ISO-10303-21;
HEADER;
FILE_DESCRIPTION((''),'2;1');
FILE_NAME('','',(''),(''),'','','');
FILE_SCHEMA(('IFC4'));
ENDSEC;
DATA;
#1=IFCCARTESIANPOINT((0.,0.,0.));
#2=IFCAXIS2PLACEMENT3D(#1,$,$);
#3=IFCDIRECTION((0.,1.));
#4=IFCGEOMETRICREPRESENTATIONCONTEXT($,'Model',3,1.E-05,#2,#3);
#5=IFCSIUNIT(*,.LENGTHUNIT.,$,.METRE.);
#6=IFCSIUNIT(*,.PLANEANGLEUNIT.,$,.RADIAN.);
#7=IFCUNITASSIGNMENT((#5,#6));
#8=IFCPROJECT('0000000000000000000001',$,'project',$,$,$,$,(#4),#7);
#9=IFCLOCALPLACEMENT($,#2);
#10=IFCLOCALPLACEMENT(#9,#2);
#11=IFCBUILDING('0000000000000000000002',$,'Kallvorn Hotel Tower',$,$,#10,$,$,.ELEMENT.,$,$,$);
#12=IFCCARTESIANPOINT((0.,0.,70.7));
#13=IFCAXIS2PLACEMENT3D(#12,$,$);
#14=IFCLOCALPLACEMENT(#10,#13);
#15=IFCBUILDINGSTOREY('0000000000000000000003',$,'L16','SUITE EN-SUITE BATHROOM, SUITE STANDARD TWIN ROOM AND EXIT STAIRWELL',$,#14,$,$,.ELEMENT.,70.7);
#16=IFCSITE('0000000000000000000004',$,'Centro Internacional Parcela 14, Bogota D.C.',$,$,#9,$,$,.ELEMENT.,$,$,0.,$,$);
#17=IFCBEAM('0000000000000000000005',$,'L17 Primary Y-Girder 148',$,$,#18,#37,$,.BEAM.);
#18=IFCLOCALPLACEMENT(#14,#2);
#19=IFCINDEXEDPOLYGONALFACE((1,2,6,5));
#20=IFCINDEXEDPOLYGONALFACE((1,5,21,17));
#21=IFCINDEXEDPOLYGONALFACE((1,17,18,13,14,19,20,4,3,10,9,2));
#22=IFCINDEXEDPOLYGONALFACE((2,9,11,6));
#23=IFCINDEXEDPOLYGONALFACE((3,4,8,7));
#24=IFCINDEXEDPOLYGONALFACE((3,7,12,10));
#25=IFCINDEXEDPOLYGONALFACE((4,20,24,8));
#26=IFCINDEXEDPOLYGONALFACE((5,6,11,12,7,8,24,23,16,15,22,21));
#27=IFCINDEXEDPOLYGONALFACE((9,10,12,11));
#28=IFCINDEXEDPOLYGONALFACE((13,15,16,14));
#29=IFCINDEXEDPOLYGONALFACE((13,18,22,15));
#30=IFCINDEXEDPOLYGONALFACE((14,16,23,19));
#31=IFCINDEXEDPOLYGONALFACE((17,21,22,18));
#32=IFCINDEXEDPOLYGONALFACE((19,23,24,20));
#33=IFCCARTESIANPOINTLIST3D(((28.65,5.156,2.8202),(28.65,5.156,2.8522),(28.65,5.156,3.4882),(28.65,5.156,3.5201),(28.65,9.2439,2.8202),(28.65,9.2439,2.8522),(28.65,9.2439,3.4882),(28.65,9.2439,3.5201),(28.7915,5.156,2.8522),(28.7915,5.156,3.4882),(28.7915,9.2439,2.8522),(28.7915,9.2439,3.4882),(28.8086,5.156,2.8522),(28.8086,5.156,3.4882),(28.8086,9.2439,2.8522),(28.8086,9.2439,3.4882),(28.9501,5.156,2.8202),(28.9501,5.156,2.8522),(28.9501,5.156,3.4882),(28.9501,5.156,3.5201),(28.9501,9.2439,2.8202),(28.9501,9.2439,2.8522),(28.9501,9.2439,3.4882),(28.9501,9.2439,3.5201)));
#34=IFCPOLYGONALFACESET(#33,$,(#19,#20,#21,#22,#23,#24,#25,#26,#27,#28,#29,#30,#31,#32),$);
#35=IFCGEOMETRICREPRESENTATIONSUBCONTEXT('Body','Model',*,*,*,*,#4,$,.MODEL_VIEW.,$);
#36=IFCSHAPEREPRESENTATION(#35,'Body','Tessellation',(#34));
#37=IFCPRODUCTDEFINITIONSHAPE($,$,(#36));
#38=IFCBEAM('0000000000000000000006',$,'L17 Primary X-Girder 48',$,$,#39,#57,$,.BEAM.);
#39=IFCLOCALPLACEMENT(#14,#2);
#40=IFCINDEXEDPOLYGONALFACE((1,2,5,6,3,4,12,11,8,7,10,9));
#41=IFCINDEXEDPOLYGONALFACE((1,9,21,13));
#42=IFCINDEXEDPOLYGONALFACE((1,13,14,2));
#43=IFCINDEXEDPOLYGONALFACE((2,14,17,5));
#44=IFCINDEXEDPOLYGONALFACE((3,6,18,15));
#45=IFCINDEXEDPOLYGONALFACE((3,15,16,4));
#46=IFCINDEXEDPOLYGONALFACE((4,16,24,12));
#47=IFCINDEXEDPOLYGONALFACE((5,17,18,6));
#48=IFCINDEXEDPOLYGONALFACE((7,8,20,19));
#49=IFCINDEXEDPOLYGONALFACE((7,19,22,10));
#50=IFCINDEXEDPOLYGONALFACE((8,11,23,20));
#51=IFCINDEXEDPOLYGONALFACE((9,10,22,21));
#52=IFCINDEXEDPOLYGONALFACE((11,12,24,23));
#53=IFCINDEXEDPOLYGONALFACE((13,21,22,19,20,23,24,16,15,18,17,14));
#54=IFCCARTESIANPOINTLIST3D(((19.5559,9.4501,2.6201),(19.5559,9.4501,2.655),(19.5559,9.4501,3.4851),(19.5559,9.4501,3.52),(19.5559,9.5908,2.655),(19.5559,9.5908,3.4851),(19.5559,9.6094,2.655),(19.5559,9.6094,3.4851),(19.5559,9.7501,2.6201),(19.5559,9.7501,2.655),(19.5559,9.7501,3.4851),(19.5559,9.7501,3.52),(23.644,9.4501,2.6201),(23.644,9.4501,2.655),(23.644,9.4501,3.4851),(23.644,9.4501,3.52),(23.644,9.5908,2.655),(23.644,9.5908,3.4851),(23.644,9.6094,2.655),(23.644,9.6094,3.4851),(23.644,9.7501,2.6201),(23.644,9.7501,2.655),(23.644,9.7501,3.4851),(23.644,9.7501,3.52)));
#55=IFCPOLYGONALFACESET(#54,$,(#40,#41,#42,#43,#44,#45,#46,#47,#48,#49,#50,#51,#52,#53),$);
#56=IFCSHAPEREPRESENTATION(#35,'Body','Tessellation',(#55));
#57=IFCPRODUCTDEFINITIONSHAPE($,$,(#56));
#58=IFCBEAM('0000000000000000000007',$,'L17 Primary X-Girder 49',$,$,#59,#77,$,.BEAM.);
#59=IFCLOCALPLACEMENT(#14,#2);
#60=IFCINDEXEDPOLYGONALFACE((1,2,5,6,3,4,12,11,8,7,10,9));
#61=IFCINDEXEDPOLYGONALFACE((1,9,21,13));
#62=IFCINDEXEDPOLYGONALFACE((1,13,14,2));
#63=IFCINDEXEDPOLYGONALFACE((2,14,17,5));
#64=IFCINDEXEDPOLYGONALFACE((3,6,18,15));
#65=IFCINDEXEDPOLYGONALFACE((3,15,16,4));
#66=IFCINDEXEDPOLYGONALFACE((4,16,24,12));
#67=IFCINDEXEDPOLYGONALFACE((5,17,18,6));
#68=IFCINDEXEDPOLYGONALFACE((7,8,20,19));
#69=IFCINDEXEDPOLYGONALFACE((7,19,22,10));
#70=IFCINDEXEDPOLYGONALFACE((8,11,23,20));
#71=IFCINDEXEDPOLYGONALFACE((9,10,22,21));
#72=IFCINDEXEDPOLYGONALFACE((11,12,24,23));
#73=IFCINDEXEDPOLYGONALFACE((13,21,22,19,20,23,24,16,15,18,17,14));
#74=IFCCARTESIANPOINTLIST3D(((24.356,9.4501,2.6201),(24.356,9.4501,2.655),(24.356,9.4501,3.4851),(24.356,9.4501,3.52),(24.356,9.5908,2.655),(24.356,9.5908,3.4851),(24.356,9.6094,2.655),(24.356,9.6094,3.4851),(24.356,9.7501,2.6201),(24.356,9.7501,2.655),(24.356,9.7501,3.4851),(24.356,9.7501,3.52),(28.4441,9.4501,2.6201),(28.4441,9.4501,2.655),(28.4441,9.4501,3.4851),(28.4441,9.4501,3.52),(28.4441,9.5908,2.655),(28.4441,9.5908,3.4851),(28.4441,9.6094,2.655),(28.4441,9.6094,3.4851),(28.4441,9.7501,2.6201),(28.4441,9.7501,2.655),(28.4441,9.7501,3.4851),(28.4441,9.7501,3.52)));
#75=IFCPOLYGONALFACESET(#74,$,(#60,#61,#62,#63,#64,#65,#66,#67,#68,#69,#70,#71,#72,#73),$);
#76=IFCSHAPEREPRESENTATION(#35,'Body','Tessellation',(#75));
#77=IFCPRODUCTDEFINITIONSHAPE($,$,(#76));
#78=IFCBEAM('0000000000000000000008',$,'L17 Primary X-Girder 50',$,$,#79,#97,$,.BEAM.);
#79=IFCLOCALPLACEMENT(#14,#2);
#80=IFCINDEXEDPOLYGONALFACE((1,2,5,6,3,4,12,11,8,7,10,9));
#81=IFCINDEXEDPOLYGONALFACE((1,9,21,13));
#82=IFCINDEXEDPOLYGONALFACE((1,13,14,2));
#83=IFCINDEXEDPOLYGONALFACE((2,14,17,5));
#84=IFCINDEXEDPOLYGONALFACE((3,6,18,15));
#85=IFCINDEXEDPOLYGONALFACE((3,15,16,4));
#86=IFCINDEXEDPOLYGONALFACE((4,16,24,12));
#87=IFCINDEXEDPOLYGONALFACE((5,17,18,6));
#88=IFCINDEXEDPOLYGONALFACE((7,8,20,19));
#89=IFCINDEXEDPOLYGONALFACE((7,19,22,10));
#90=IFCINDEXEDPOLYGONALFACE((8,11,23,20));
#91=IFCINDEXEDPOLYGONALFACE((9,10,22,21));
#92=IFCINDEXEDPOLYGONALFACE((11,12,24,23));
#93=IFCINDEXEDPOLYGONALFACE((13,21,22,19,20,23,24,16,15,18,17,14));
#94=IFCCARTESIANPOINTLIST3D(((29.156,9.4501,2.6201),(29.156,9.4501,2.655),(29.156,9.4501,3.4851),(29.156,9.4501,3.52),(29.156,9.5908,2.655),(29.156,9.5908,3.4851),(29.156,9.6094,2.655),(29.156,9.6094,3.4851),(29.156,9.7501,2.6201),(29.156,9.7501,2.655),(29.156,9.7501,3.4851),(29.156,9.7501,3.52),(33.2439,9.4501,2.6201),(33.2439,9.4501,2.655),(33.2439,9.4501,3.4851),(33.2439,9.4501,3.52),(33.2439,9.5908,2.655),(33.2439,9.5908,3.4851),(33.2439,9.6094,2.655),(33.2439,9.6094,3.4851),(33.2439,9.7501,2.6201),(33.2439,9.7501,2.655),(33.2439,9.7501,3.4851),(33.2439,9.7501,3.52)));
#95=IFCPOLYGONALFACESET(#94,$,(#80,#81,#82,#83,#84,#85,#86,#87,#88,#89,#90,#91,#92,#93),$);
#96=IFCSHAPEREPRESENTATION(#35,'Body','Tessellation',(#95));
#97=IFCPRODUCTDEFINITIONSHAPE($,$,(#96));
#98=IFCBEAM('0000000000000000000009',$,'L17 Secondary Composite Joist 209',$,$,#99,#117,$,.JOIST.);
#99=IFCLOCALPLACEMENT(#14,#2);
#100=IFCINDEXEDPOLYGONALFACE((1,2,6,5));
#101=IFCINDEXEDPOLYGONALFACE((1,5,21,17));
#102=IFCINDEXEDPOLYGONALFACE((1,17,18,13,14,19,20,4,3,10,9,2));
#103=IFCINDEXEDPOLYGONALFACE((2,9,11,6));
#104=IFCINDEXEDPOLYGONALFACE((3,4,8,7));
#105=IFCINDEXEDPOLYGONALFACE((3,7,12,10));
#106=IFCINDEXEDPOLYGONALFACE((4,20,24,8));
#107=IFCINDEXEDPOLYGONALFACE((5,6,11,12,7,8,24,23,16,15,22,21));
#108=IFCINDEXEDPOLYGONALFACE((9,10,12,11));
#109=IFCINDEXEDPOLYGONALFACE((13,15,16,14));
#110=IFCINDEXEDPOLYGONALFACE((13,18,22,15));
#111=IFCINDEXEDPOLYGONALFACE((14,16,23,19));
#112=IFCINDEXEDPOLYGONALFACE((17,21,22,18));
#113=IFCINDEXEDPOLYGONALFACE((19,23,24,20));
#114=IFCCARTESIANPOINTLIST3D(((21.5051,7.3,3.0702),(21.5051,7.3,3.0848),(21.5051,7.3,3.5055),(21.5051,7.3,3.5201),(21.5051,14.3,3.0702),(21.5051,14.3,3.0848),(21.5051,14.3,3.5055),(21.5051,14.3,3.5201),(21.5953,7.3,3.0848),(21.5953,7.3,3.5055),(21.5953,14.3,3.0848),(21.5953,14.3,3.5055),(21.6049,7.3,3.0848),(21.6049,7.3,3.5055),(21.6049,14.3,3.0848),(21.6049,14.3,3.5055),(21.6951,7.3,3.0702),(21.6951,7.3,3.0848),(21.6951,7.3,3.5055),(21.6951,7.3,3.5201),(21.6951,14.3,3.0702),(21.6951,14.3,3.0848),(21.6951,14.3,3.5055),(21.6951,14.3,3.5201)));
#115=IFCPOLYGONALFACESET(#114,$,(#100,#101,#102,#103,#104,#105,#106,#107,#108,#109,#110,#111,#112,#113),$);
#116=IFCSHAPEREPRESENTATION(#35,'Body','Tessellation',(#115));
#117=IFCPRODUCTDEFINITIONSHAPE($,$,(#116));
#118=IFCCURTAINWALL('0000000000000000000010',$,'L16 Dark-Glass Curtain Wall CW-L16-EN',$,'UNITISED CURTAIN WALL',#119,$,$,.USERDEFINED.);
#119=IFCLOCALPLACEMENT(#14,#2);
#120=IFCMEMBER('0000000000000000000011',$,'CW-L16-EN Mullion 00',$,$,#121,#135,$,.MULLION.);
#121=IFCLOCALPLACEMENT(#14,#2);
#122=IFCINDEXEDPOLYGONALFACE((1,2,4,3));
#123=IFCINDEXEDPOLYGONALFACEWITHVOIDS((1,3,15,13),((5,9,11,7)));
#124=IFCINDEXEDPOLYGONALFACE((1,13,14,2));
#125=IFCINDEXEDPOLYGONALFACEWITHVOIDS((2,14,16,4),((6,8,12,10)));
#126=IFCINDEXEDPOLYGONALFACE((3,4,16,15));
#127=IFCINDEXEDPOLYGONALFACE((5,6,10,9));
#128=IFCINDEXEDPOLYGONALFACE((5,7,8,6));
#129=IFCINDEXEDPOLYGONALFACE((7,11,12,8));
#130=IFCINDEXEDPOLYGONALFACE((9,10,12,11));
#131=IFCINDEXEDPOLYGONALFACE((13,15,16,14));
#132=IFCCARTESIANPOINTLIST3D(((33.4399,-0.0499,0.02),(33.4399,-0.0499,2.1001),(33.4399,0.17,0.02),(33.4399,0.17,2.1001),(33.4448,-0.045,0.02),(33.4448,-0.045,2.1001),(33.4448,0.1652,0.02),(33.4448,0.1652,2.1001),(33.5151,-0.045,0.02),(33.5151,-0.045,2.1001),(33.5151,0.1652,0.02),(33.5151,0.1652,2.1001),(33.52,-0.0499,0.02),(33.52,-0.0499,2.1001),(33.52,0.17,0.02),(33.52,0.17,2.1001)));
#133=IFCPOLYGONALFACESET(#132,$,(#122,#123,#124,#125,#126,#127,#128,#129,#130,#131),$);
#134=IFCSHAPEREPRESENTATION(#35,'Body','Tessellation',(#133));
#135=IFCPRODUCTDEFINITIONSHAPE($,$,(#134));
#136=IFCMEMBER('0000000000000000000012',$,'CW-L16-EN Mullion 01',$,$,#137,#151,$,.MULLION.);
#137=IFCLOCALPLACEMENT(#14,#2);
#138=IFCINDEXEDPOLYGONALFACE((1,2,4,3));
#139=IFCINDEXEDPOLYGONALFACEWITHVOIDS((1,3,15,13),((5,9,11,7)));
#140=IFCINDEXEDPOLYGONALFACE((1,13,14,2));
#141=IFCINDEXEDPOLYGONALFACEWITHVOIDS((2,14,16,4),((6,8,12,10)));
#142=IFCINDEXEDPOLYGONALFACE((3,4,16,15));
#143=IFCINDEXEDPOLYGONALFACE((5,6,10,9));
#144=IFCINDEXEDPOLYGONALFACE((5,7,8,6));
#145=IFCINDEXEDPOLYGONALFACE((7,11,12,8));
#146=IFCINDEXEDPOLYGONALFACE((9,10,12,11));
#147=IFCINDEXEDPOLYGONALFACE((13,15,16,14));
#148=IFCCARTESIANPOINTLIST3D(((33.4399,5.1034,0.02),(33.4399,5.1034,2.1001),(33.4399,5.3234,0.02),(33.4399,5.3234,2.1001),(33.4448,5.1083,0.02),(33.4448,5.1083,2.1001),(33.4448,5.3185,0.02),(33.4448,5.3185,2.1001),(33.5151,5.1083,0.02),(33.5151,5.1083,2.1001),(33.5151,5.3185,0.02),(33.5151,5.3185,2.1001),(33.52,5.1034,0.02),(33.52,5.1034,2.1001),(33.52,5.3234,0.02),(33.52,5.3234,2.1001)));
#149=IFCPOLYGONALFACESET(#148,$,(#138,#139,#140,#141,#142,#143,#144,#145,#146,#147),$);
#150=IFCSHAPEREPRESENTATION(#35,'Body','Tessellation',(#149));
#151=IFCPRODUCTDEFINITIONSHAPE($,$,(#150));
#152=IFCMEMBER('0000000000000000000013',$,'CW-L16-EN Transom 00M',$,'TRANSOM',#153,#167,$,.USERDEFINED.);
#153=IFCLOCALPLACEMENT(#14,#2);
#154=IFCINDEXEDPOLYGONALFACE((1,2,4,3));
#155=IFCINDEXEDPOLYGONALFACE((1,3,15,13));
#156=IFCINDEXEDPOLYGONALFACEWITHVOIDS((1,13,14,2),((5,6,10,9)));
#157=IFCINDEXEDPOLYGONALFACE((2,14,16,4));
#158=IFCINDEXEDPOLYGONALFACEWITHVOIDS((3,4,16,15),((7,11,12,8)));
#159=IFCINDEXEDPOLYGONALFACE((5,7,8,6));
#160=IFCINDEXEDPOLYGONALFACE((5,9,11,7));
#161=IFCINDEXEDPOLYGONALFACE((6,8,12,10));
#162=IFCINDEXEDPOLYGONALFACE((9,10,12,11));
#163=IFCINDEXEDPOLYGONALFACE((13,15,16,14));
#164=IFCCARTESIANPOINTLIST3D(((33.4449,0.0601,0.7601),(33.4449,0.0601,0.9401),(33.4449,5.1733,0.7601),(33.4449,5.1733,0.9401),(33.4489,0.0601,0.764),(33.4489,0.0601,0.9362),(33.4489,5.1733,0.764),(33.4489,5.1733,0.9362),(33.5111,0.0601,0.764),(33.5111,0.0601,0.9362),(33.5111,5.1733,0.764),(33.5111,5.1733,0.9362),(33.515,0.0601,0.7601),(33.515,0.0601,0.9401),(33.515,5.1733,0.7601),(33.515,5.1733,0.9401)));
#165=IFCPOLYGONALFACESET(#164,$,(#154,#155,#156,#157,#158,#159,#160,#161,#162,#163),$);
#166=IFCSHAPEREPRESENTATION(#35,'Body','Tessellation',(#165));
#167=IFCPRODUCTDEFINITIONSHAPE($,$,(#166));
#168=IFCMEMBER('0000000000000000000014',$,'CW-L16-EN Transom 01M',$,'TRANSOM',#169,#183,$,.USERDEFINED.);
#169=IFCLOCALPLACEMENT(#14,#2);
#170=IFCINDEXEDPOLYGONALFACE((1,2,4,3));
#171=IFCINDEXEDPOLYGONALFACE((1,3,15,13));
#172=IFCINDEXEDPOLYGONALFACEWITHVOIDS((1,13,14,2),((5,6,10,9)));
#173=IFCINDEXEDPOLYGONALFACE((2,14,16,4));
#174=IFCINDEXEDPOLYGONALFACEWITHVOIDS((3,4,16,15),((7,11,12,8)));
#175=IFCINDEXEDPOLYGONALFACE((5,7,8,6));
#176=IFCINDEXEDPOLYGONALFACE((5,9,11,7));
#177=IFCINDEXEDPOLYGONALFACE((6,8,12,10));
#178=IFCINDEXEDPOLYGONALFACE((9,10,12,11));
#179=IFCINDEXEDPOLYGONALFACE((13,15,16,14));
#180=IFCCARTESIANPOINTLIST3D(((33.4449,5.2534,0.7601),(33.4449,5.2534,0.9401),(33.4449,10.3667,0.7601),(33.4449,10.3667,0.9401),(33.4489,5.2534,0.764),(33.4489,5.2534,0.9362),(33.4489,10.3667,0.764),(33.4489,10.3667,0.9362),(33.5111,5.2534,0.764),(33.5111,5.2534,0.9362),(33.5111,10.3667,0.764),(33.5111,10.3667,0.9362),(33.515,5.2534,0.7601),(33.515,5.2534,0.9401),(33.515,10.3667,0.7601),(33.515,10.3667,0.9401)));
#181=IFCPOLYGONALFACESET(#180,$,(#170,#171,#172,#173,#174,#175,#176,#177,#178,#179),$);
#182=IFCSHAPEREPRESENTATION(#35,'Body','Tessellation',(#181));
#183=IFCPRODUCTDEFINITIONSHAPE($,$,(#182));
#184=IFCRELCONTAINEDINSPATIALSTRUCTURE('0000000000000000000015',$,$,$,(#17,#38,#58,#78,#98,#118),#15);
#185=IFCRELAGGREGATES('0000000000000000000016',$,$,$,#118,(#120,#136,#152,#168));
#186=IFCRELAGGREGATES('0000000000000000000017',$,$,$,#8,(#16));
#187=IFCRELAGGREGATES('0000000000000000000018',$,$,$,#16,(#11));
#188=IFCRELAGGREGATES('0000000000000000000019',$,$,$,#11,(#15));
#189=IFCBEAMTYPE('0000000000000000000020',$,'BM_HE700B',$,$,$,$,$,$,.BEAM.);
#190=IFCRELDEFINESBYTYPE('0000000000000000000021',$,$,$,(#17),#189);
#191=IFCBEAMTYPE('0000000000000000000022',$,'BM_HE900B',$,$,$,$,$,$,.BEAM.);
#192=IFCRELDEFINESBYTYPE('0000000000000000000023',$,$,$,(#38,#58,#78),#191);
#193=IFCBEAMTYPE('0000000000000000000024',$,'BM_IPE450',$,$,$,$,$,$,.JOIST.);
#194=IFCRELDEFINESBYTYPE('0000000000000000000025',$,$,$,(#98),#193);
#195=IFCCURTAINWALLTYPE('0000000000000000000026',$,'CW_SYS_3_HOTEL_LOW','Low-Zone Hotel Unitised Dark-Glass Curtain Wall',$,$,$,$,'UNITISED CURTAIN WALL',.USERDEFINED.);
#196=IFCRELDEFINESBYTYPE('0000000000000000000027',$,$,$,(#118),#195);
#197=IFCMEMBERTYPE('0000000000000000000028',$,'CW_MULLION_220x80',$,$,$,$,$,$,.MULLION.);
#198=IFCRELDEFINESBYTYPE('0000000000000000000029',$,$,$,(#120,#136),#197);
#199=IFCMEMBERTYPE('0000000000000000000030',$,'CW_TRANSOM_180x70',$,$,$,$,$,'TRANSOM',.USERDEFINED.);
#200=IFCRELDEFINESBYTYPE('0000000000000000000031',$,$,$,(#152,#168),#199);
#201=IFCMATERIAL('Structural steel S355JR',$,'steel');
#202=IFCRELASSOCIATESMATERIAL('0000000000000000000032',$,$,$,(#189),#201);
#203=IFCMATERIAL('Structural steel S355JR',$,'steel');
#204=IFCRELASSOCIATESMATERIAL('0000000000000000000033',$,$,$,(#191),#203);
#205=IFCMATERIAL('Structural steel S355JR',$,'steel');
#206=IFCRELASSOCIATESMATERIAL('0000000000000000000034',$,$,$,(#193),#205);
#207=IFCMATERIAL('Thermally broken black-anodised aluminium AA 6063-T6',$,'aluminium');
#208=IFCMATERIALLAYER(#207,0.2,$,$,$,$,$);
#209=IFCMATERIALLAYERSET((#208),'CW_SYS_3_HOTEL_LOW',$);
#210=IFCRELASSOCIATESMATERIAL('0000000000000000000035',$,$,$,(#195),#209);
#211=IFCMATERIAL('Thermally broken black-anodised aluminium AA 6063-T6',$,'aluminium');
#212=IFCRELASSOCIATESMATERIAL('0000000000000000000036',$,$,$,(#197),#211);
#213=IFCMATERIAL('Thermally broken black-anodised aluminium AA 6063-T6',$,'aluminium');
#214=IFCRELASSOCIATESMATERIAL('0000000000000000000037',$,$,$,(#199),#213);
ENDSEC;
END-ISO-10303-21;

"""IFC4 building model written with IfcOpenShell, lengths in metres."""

from ifc_helpers import new_model, si_unit, direction, frame, origin, origin_2d, place, context, subcontext, project, spatial, hollow_rectangle, i_section, extrude, material, layer, layer_set, material_profile, profile_set, type_object, element, aggregate, save


model = new_model("IFC4")

# Units and contexts
model_context = context("Model", 3, precision=1e-05, world=origin(), true_north=direction((0.0, 1.0)))
body_context = subcontext(model_context, "Body", "Model", "MODEL_VIEW")
ifc_project = project(units=[si_unit("LENGTHUNIT", "METRE"), si_unit("PLANEANGLEUNIT", "RADIAN")], contexts=[model_context])

# Site, building, storey
site_placement = place(None, origin())
site = spatial("IfcSite", under=ifc_project, at=site_placement, Name="Centro Internacional Parcela 14, Bogota D.C.", CompositionType="ELEMENT", RefElevation=0.0)
building_placement = place(site_placement, origin())
building = spatial("IfcBuilding", under=site, at=building_placement, Name="Kallvorn Hotel Tower", CompositionType="ELEMENT")
storey_placement = place(building_placement, frame((0.0, 0.0, 70.7)))
storey = spatial("IfcBuildingStorey", under=building, at=storey_placement, Name="L16", Description="SUITE EN-SUITE BATHROOM, SUITE STANDARD TWIN ROOM AND EXIT STAIRWELL", CompositionType="ELEMENT", Elevation=70.7)

# Beams
ifc_material_1 = material(Name="Structural steel S355JR", Category="steel")
ifc_material_profile_1 = material_profile(ifc_material_1, i_section(OverallWidth=0.3, OverallDepth=0.7, WebThickness=0.0171, FlangeThickness=0.032, at=origin_2d()), Name="HE 700 B")
ifc_profile_set_1 = profile_set([ifc_material_profile_1], Name="Structural steel S355JR")
beam_type_1 = type_object("IfcBeamType", Name="BM_HE700B", PredefinedType="BEAM", material=ifc_profile_set_1)
beam_1_placement = place(storey_placement, frame((28.8, 5.156, 3.1702), z_axis=(0.0, 1.0, 0.0), x_axis=(-1.0, 0.0, 0.0)))
element("IfcBeam", 1, at=beam_1_placement, inside=storey, type_object=beam_type_1, Name="L17 Primary Y-Girder 148", PredefinedType="BEAM", context=body_context, shape_type="SweptSolid", body=[
    extrude(i_section(OverallWidth=0.3, OverallDepth=0.7, WebThickness=0.0171, FlangeThickness=0.032, at=origin_2d()), origin(), (0.0, 0.0, 1.0), 4.0879),
])
ifc_material_2 = material(Name="Structural steel S355JR", Category="steel")
ifc_material_profile_2 = material_profile(ifc_material_2, i_section(OverallWidth=0.3, OverallDepth=0.8999, WebThickness=0.0186, FlangeThickness=0.0349, at=origin_2d()), Name="HE 900 B")
ifc_profile_set_2 = profile_set([ifc_material_profile_2], Name="Structural steel S355JR")
beam_type_2 = type_object("IfcBeamType", Name="BM_HE900B", PredefinedType="BEAM", material=ifc_profile_set_2)
for number, where, z_axis, x_axis, name in (
    (2, (19.5559, 9.6001, 3.0701), (1.0, 0.0, 0.0), (0.0, 1.0, 0.0), "L17 Primary X-Girder 48"),
    (3, (24.356, 9.6001, 3.0701), (1.0, 0.0, 0.0), (0.0, 1.0, 0.0), "L17 Primary X-Girder 49"),
):
    element("IfcBeam", number, at=place(storey_placement, frame(where, z_axis=z_axis, x_axis=x_axis)), inside=storey, type_object=beam_type_2, Name=name, PredefinedType="BEAM", context=body_context, shape_type="SweptSolid", body=[
        extrude(i_section(OverallWidth=0.3, OverallDepth=0.8999, WebThickness=0.0186, FlangeThickness=0.0349, at=origin_2d()), origin(), (0.0, 0.0, 1.0), 4.0881),
    ])
beam_2_placement = place(storey_placement, frame((29.156, 9.6001, 3.0701), z_axis=(1.0, 0.0, 0.0), x_axis=(0.0, 1.0, 0.0)))
element("IfcBeam", 4, at=beam_2_placement, inside=storey, type_object=beam_type_2, Name="L17 Primary X-Girder 50", PredefinedType="BEAM", context=body_context, shape_type="SweptSolid", body=[
    extrude(i_section(OverallWidth=0.3, OverallDepth=0.8999, WebThickness=0.0186, FlangeThickness=0.0349, at=origin_2d()), origin(), (0.0, 0.0, 1.0), 4.0879),
])
ifc_material_3 = material(Name="Structural steel S355JR", Category="steel")
ifc_material_profile_3 = material_profile(ifc_material_3, i_section(OverallWidth=0.1899, OverallDepth=0.45, WebThickness=0.0095, FlangeThickness=0.0146, at=origin_2d()), Name="IPE 450")
ifc_profile_set_3 = profile_set([ifc_material_profile_3], Name="Structural steel S355JR")
beam_type_3 = type_object("IfcBeamType", Name="BM_IPE450", PredefinedType="JOIST", material=ifc_profile_set_3)
beam_3_placement = place(storey_placement, frame((21.6001, 7.3, 3.2952), z_axis=(0.0, 1.0, 0.0), x_axis=(-1.0, 0.0, 0.0)))
element("IfcBeam", 5, at=beam_3_placement, inside=storey, type_object=beam_type_3, Name="L17 Secondary Composite Joist 209", PredefinedType="JOIST", context=body_context, shape_type="SweptSolid", body=[
    extrude(i_section(OverallWidth=0.1899, OverallDepth=0.45, WebThickness=0.0095, FlangeThickness=0.0146, at=origin_2d()), origin(), (0.0, 0.0, 1.0), 7.0),
])

# Curtain wall, members
ifc_material_4 = material(Name="Thermally broken black-anodised aluminium AA 6063-T6", Category="aluminium")
ifc_layer_1 = layer(ifc_material_4, 0.2)
ifc_layer_set_1 = layer_set([ifc_layer_1], Name="CW_SYS_3_HOTEL_LOW")
curtain_wall_type = type_object("IfcCurtainWallType", Name="CW_SYS_3_HOTEL_LOW", Description="Low-Zone Hotel Unitised Dark-Glass Curtain Wall", ElementType="UNITISED CURTAIN WALL", PredefinedType="USERDEFINED", material=ifc_layer_set_1)
curtain_wall_placement = place(storey_placement, origin())
curtain_wall = element("IfcCurtainWall", 6, at=curtain_wall_placement, inside=storey, type_object=curtain_wall_type, Name="L16 Dark-Glass Curtain Wall CW-L16-EN", ObjectType="UNITISED CURTAIN WALL", PredefinedType="USERDEFINED")
ifc_material_5 = material(Name="Thermally broken black-anodised aluminium AA 6063-T6", Category="aluminium")
ifc_material_profile_4 = material_profile(ifc_material_5, hollow_rectangle(XDim=0.0801, YDim=0.22, WallThickness=0.0049, at=origin_2d()), Name="MUL 220x80")
ifc_profile_set_4 = profile_set([ifc_material_profile_4], Name="Thermally broken black-anodised aluminium AA 6063-T6")
member_type_1 = type_object("IfcMemberType", Name="CW_MULLION_220x80", PredefinedType="MULLION", material=ifc_profile_set_4)
member_1_placement = place(storey_placement, frame((33.48, 0.0601, 0.02), z_axis=(0.0, 0.0, 1.0), x_axis=(1.0, 0.0, 0.0)))
member_1 = element("IfcMember", 7, at=member_1_placement, type_object=member_type_1, Name="CW-L16-EN Mullion 00", PredefinedType="MULLION", context=body_context, shape_type="SweptSolid", body=[
    extrude(hollow_rectangle(XDim=0.0801, YDim=0.22, WallThickness=0.0049, at=origin_2d()), origin(), (0.0, 0.0, 1.0), 2.0801),
])
member_2_placement = place(storey_placement, frame((33.48, 5.2134, 0.02), z_axis=(0.0, 0.0, 1.0), x_axis=(1.0, 0.0, 0.0)))
member_2 = element("IfcMember", 8, at=member_2_placement, type_object=member_type_1, Name="CW-L16-EN Mullion 01", PredefinedType="MULLION", context=body_context, shape_type="SweptSolid", body=[
    extrude(hollow_rectangle(XDim=0.0801, YDim=0.22, WallThickness=0.0049, at=origin_2d()), origin(), (0.0, 0.0, 1.0), 2.0801),
])
ifc_material_6 = material(Name="Thermally broken black-anodised aluminium AA 6063-T6", Category="aluminium")
ifc_material_profile_5 = material_profile(ifc_material_6, hollow_rectangle(XDim=0.0701, YDim=0.1799, WallThickness=0.0039, at=origin_2d()), Name="TRN 180x70")
ifc_profile_set_5 = profile_set([ifc_material_profile_5], Name="Thermally broken black-anodised aluminium AA 6063-T6")
member_type_2 = type_object("IfcMemberType", Name="CW_TRANSOM_180x70", ElementType="TRANSOM", PredefinedType="USERDEFINED", material=ifc_profile_set_5)
member_3_placement = place(storey_placement, frame((33.48, 0.0601, 0.8501), z_axis=(0.0, 1.0, 0.0), x_axis=(-1.0, 0.0, 0.0)))
member_3 = element("IfcMember", 9, at=member_3_placement, type_object=member_type_2, Name="CW-L16-EN Transom 00M", ObjectType="TRANSOM", PredefinedType="USERDEFINED", context=body_context, shape_type="SweptSolid", body=[
    extrude(hollow_rectangle(XDim=0.0701, YDim=0.1799, WallThickness=0.0039, at=origin_2d()), origin(), (0.0, 0.0, 1.0), 5.1133),
])
member_4_placement = place(storey_placement, frame((33.48, 5.2534, 0.8501), z_axis=(0.0, 1.0, 0.0), x_axis=(-1.0, 0.0, 0.0)))
member_4 = element("IfcMember", 10, at=member_4_placement, type_object=member_type_2, Name="CW-L16-EN Transom 01M", ObjectType="TRANSOM", PredefinedType="USERDEFINED", context=body_context, shape_type="SweptSolid", body=[
    extrude(hollow_rectangle(XDim=0.0701, YDim=0.1799, WallThickness=0.0039, at=origin_2d()), origin(), (0.0, 0.0, 1.0), 5.1133),
])
aggregate(curtain_wall, [member_1, member_2, member_3, member_4])

save(model, "model.ifc")
